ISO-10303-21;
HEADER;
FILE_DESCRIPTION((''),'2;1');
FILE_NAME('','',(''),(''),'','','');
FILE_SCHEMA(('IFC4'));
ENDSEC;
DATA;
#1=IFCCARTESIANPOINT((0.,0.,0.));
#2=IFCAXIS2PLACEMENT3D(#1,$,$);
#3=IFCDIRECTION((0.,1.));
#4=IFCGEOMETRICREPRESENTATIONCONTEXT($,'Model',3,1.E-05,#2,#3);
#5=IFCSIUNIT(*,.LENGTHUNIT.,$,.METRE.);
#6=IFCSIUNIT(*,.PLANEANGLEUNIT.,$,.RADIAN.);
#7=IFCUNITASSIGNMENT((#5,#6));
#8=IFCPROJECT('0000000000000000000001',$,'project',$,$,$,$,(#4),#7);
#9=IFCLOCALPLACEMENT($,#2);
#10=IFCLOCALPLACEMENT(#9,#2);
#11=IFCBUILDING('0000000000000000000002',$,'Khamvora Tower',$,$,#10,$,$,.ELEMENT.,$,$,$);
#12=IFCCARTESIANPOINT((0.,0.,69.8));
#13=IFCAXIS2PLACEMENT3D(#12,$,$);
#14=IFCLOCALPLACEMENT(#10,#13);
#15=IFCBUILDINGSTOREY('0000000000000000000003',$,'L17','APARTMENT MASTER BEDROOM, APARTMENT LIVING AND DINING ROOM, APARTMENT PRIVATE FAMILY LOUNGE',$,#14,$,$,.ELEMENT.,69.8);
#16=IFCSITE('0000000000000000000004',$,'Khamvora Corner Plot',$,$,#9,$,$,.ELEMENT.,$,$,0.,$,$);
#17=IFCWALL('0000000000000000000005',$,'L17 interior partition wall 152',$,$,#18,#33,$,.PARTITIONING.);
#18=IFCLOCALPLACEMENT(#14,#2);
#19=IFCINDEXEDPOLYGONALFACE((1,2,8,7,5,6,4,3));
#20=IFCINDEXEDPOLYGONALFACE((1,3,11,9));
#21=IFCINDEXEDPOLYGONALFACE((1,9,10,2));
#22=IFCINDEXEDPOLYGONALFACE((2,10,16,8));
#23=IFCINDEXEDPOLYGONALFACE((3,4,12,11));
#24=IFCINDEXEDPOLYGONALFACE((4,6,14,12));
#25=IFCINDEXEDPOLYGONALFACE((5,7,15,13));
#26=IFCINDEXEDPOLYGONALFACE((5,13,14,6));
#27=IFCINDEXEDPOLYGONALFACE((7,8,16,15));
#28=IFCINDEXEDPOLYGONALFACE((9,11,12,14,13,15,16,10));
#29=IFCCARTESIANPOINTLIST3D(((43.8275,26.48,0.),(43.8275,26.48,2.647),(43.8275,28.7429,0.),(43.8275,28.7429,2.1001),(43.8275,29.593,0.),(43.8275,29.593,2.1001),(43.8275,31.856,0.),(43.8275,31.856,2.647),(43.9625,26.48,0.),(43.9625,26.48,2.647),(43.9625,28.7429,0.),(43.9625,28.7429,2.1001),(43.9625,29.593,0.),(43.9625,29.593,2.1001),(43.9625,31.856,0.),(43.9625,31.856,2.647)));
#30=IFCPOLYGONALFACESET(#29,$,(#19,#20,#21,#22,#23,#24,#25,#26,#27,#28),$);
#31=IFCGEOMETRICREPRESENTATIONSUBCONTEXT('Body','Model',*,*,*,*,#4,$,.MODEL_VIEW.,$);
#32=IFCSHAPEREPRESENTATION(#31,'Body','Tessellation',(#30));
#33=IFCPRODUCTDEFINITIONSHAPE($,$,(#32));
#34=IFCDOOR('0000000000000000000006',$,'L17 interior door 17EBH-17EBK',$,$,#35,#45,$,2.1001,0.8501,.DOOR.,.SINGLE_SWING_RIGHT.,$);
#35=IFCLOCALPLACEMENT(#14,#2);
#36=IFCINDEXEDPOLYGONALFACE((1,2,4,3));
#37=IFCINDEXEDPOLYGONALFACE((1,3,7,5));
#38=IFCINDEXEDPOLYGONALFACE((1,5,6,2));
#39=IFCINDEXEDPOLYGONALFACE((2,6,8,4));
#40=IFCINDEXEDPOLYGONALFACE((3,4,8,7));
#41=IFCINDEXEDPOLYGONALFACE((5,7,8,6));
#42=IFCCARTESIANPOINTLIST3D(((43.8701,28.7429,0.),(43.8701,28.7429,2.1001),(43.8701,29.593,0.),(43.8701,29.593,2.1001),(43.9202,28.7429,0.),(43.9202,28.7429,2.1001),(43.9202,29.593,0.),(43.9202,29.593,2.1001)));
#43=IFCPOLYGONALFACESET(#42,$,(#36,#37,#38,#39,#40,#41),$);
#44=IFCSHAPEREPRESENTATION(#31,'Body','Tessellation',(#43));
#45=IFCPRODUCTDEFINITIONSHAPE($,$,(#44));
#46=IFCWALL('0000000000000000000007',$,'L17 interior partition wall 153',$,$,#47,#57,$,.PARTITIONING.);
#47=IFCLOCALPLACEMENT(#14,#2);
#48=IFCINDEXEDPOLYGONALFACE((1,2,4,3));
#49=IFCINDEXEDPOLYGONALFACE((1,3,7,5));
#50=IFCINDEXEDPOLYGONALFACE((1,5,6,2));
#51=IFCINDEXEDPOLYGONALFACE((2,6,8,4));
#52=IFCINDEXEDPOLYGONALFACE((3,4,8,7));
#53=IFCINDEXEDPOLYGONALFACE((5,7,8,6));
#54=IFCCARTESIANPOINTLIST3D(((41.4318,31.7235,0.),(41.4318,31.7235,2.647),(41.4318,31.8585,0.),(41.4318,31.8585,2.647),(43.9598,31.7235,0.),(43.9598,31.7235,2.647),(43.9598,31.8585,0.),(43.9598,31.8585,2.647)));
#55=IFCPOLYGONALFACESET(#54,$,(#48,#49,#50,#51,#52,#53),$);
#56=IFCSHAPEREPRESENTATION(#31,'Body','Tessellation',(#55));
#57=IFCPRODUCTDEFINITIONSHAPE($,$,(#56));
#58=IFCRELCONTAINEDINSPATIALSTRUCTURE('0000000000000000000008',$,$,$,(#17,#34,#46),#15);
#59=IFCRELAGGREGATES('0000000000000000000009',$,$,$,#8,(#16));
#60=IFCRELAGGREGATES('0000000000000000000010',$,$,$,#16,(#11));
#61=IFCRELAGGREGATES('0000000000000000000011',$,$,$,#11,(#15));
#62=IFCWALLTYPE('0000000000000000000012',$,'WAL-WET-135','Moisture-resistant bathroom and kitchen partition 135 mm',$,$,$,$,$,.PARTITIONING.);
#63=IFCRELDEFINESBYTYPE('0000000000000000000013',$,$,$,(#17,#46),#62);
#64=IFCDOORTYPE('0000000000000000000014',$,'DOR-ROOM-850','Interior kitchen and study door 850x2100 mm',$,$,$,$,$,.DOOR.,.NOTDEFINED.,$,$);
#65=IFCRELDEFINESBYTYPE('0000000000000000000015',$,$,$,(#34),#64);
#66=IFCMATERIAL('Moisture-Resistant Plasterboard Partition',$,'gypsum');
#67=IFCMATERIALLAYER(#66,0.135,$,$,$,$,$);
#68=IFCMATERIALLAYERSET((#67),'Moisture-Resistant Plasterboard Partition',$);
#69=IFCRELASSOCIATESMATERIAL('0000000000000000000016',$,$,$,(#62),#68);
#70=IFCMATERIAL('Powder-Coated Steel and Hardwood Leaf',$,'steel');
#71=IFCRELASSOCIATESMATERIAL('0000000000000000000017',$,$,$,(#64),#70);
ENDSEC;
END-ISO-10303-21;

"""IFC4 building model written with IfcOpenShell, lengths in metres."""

from ifc_helpers import new_model, si_unit, direction, frame, frame_2d, origin, place, context, subcontext, project, spatial, rectangle, extrude, material, layer, layer_set, type_object, element, fill, save


model = new_model("IFC4")

# Units and contexts
model_context = context("Model", 3, precision=1e-05, world=origin(), true_north=direction((0.0, 1.0)))
body_context = subcontext(model_context, "Body", "Model", "MODEL_VIEW")
ifc_project = project(units=[si_unit("LENGTHUNIT", "METRE"), si_unit("PLANEANGLEUNIT", "RADIAN")], contexts=[model_context])

# Site, building, storey
site_placement = place(None, origin())
site = spatial("IfcSite", under=ifc_project, at=site_placement, Name="Khamvora Corner Plot", CompositionType="ELEMENT", RefElevation=0.0)
building_placement = place(site_placement, origin())
building = spatial("IfcBuilding", under=site, at=building_placement, Name="Khamvora Tower", CompositionType="ELEMENT")
storey_placement = place(building_placement, frame((0.0, 0.0, 69.8)))
storey = spatial("IfcBuildingStorey", under=building, at=storey_placement, Name="L17", Description="APARTMENT MASTER BEDROOM, APARTMENT LIVING AND DINING ROOM, APARTMENT PRIVATE FAMILY LOUNGE", CompositionType="ELEMENT", Elevation=69.8)

# Shared definitions
ifc_material_1 = material(Name="Powder-Coated Steel and Hardwood Leaf", Category="steel")

# Shared definitions
ifc_material_2 = material(Name="Moisture-Resistant Plasterboard Partition", Category="gypsum")
ifc_layer_1 = layer(ifc_material_2, 0.135)
ifc_layer_set_1 = layer_set([ifc_layer_1], Name="Moisture-Resistant Plasterboard Partition")
wall_type_1 = type_object("IfcWallType", Name="WAL-WET-135", Description="Moisture-resistant bathroom and kitchen partition 135 mm", PredefinedType="PARTITIONING", material=ifc_layer_set_1)

# Wall, opening, door
wall_1_placement = place(storey_placement, frame((43.895, 26.48, 0.0), z_axis=(0.0, 0.0, 1.0), x_axis=(0.0, 1.0, 0.0)))
wall_1 = element("IfcWall", 1, at=wall_1_placement, inside=storey, type_object=wall_type_1, Name="L17 interior partition wall 152", PredefinedType="PARTITIONING", context=body_context, shape_type="SweptSolid", body=[
    extrude(rectangle(XDim=5.376, YDim=0.135, at=frame_2d((2.688, 0.0))), origin(), (0.0, 0.0, 1.0), 2.647),
])
opening_1_placement = place(wall_1_placement, frame((2.2629, 0.0, 0.0)))
opening_1 = element("IfcOpeningElement", 2, at=opening_1_placement, cuts=wall_1, PredefinedType="OPENING", context=body_context, shape_type="SweptSolid", body=[
    extrude(rectangle(XDim=0.8501, YDim=2.1001, at=frame_2d((0.425, 1.05))), frame((0.0, 0.0774, 0.0), z_axis=(0.0, -1.0, 0.0), x_axis=(1.0, 0.0, 0.0)), (0.0, 0.0, 1.0), 0.155),
])
door_type_1 = type_object("IfcDoorType", Name="DOR-ROOM-850", Description="Interior kitchen and study door 850x2100 mm", OperationType="NOTDEFINED", PredefinedType="DOOR", material=ifc_material_1)
door_1_placement = place(opening_1_placement, origin())
door_1 = element("IfcDoor", 3, at=door_1_placement, inside=storey, type_object=door_type_1, Name="L17 interior door 17EBH-17EBK", OperationType="SINGLE_SWING_RIGHT", OverallHeight=2.1001, OverallWidth=0.8501, PredefinedType="DOOR", context=body_context, shape_type="SweptSolid", body=[
    extrude(rectangle(XDim=0.8501, YDim=2.1001, at=frame_2d((0.425, 1.05))), frame((0.0, 0.0249, 0.0), z_axis=(0.0, -1.0, 0.0), x_axis=(1.0, 0.0, 0.0)), (0.0, 0.0, 1.0), 0.05),
])
fill(opening_1, door_1)

# Wall
wall_2_placement = place(storey_placement, frame((43.96, 31.791, 0.0), z_axis=(0.0, 0.0, 1.0), x_axis=(-1.0, 0.0, 0.0)))
element("IfcWall", 4, at=wall_2_placement, inside=storey, type_object=wall_type_1, Name="L17 interior partition wall 153", PredefinedType="PARTITIONING", context=body_context, shape_type="SweptSolid", body=[
    extrude(rectangle(XDim=2.5281, YDim=0.135, at=frame_2d((1.2642, 0.0))), origin(), (0.0, 0.0, 1.0), 2.647),
])

save(model, "model.ifc")
